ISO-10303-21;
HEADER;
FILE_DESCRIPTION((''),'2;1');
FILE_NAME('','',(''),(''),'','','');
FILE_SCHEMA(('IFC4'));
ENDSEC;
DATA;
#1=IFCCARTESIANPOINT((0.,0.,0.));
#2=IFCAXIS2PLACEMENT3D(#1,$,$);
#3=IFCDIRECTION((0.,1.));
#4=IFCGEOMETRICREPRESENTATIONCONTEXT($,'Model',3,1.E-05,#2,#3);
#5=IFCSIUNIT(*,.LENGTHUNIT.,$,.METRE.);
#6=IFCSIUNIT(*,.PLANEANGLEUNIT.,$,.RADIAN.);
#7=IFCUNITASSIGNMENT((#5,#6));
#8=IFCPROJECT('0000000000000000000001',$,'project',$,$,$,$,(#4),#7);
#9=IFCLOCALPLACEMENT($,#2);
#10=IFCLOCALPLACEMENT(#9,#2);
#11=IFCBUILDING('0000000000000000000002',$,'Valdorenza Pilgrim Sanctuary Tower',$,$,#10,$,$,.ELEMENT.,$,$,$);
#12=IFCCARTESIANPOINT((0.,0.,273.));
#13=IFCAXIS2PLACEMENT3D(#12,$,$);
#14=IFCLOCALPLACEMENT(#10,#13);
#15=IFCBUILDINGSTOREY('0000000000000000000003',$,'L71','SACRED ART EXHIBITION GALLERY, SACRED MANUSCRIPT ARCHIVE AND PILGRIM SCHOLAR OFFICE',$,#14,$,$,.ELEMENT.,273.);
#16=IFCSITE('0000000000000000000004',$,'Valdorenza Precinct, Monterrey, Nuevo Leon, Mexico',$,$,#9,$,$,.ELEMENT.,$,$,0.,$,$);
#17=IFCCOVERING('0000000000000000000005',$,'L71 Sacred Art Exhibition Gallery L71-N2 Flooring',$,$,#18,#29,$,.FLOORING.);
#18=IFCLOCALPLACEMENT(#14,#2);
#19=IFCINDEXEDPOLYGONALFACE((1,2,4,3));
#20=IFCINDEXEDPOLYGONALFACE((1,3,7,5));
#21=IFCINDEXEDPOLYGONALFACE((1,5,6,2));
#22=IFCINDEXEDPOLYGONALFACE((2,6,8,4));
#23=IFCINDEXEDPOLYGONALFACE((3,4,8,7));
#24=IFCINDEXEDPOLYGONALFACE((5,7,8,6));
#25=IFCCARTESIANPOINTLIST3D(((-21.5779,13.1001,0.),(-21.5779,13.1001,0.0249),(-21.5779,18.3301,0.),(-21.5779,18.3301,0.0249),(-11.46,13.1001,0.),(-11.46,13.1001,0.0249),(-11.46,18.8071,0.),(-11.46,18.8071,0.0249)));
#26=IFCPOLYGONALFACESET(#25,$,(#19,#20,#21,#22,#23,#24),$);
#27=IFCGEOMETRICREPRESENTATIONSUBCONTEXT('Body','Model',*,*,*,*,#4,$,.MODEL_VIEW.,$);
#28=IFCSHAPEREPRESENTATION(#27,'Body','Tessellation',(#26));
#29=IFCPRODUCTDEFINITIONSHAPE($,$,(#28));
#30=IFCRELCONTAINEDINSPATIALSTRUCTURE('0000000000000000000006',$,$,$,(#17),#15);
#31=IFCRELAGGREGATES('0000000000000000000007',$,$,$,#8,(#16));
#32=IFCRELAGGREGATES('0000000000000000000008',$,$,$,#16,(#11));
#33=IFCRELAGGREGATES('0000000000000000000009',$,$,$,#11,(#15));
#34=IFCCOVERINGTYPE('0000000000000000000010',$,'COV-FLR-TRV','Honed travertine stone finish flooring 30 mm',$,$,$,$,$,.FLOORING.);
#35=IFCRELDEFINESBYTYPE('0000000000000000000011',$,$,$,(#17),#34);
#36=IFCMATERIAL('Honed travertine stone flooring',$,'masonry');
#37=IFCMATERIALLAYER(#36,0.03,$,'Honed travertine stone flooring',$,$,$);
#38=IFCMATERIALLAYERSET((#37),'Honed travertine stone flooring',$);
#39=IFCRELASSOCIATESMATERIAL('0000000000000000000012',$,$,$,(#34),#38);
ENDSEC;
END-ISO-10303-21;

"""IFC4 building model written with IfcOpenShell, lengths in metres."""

from ifc_helpers import new_model, si_unit, direction, frame, origin, place, context, subcontext, project, spatial, polyline, outline, extrude, material, layer, layer_set, type_object, element, save


model = new_model("IFC4")

# Units and contexts
model_context = context("Model", 3, precision=1e-05, world=origin(), true_north=direction((0.0, 1.0)))
body_context = subcontext(model_context, "Body", "Model", "MODEL_VIEW")
ifc_project = project(units=[si_unit("LENGTHUNIT", "METRE"), si_unit("PLANEANGLEUNIT", "RADIAN")], contexts=[model_context])

# Site, building, storey
site_placement = place(None, origin())
site = spatial("IfcSite", under=ifc_project, at=site_placement, Name="Valdorenza Precinct, Monterrey, Nuevo Leon, Mexico", CompositionType="ELEMENT", RefElevation=0.0)
building_placement = place(site_placement, origin())
building = spatial("IfcBuilding", under=site, at=building_placement, Name="Valdorenza Pilgrim Sanctuary Tower", CompositionType="ELEMENT")
storey_placement = place(building_placement, frame((0.0, 0.0, 273.0)))
storey = spatial("IfcBuildingStorey", under=building, at=storey_placement, Name="L71", Description="SACRED ART EXHIBITION GALLERY, SACRED MANUSCRIPT ARCHIVE AND PILGRIM SCHOLAR OFFICE", CompositionType="ELEMENT", Elevation=273.0)

# Covering
ifc_material_1 = material(Name="Honed travertine stone flooring", Category="masonry")
ifc_layer_1 = layer(ifc_material_1, 0.03, Name="Honed travertine stone flooring")
ifc_layer_set_1 = layer_set([ifc_layer_1], Name="Honed travertine stone flooring")
covering_type_1 = type_object("IfcCoveringType", Name="COV-FLR-TRV", Description="Honed travertine stone finish flooring 30 mm", PredefinedType="FLOORING", material=ifc_layer_set_1)
covering_1_placement = place(storey_placement, origin())
element("IfcCovering", 1, at=covering_1_placement, inside=storey, type_object=covering_type_1, Name="L71 Sacred Art Exhibition Gallery L71-N2 Flooring", PredefinedType="FLOORING", context=body_context, shape_type="SweptSolid", body=[
    extrude(outline(polyline([(-21.5779, 13.1001), (-21.5779, 18.3301), (-11.46, 18.8071), (-11.46, 13.1001), (-21.5779, 13.1001)])), origin(), (0.0, 0.0, 1.0), 0.0249),
])

save(model, "model.ifc")
